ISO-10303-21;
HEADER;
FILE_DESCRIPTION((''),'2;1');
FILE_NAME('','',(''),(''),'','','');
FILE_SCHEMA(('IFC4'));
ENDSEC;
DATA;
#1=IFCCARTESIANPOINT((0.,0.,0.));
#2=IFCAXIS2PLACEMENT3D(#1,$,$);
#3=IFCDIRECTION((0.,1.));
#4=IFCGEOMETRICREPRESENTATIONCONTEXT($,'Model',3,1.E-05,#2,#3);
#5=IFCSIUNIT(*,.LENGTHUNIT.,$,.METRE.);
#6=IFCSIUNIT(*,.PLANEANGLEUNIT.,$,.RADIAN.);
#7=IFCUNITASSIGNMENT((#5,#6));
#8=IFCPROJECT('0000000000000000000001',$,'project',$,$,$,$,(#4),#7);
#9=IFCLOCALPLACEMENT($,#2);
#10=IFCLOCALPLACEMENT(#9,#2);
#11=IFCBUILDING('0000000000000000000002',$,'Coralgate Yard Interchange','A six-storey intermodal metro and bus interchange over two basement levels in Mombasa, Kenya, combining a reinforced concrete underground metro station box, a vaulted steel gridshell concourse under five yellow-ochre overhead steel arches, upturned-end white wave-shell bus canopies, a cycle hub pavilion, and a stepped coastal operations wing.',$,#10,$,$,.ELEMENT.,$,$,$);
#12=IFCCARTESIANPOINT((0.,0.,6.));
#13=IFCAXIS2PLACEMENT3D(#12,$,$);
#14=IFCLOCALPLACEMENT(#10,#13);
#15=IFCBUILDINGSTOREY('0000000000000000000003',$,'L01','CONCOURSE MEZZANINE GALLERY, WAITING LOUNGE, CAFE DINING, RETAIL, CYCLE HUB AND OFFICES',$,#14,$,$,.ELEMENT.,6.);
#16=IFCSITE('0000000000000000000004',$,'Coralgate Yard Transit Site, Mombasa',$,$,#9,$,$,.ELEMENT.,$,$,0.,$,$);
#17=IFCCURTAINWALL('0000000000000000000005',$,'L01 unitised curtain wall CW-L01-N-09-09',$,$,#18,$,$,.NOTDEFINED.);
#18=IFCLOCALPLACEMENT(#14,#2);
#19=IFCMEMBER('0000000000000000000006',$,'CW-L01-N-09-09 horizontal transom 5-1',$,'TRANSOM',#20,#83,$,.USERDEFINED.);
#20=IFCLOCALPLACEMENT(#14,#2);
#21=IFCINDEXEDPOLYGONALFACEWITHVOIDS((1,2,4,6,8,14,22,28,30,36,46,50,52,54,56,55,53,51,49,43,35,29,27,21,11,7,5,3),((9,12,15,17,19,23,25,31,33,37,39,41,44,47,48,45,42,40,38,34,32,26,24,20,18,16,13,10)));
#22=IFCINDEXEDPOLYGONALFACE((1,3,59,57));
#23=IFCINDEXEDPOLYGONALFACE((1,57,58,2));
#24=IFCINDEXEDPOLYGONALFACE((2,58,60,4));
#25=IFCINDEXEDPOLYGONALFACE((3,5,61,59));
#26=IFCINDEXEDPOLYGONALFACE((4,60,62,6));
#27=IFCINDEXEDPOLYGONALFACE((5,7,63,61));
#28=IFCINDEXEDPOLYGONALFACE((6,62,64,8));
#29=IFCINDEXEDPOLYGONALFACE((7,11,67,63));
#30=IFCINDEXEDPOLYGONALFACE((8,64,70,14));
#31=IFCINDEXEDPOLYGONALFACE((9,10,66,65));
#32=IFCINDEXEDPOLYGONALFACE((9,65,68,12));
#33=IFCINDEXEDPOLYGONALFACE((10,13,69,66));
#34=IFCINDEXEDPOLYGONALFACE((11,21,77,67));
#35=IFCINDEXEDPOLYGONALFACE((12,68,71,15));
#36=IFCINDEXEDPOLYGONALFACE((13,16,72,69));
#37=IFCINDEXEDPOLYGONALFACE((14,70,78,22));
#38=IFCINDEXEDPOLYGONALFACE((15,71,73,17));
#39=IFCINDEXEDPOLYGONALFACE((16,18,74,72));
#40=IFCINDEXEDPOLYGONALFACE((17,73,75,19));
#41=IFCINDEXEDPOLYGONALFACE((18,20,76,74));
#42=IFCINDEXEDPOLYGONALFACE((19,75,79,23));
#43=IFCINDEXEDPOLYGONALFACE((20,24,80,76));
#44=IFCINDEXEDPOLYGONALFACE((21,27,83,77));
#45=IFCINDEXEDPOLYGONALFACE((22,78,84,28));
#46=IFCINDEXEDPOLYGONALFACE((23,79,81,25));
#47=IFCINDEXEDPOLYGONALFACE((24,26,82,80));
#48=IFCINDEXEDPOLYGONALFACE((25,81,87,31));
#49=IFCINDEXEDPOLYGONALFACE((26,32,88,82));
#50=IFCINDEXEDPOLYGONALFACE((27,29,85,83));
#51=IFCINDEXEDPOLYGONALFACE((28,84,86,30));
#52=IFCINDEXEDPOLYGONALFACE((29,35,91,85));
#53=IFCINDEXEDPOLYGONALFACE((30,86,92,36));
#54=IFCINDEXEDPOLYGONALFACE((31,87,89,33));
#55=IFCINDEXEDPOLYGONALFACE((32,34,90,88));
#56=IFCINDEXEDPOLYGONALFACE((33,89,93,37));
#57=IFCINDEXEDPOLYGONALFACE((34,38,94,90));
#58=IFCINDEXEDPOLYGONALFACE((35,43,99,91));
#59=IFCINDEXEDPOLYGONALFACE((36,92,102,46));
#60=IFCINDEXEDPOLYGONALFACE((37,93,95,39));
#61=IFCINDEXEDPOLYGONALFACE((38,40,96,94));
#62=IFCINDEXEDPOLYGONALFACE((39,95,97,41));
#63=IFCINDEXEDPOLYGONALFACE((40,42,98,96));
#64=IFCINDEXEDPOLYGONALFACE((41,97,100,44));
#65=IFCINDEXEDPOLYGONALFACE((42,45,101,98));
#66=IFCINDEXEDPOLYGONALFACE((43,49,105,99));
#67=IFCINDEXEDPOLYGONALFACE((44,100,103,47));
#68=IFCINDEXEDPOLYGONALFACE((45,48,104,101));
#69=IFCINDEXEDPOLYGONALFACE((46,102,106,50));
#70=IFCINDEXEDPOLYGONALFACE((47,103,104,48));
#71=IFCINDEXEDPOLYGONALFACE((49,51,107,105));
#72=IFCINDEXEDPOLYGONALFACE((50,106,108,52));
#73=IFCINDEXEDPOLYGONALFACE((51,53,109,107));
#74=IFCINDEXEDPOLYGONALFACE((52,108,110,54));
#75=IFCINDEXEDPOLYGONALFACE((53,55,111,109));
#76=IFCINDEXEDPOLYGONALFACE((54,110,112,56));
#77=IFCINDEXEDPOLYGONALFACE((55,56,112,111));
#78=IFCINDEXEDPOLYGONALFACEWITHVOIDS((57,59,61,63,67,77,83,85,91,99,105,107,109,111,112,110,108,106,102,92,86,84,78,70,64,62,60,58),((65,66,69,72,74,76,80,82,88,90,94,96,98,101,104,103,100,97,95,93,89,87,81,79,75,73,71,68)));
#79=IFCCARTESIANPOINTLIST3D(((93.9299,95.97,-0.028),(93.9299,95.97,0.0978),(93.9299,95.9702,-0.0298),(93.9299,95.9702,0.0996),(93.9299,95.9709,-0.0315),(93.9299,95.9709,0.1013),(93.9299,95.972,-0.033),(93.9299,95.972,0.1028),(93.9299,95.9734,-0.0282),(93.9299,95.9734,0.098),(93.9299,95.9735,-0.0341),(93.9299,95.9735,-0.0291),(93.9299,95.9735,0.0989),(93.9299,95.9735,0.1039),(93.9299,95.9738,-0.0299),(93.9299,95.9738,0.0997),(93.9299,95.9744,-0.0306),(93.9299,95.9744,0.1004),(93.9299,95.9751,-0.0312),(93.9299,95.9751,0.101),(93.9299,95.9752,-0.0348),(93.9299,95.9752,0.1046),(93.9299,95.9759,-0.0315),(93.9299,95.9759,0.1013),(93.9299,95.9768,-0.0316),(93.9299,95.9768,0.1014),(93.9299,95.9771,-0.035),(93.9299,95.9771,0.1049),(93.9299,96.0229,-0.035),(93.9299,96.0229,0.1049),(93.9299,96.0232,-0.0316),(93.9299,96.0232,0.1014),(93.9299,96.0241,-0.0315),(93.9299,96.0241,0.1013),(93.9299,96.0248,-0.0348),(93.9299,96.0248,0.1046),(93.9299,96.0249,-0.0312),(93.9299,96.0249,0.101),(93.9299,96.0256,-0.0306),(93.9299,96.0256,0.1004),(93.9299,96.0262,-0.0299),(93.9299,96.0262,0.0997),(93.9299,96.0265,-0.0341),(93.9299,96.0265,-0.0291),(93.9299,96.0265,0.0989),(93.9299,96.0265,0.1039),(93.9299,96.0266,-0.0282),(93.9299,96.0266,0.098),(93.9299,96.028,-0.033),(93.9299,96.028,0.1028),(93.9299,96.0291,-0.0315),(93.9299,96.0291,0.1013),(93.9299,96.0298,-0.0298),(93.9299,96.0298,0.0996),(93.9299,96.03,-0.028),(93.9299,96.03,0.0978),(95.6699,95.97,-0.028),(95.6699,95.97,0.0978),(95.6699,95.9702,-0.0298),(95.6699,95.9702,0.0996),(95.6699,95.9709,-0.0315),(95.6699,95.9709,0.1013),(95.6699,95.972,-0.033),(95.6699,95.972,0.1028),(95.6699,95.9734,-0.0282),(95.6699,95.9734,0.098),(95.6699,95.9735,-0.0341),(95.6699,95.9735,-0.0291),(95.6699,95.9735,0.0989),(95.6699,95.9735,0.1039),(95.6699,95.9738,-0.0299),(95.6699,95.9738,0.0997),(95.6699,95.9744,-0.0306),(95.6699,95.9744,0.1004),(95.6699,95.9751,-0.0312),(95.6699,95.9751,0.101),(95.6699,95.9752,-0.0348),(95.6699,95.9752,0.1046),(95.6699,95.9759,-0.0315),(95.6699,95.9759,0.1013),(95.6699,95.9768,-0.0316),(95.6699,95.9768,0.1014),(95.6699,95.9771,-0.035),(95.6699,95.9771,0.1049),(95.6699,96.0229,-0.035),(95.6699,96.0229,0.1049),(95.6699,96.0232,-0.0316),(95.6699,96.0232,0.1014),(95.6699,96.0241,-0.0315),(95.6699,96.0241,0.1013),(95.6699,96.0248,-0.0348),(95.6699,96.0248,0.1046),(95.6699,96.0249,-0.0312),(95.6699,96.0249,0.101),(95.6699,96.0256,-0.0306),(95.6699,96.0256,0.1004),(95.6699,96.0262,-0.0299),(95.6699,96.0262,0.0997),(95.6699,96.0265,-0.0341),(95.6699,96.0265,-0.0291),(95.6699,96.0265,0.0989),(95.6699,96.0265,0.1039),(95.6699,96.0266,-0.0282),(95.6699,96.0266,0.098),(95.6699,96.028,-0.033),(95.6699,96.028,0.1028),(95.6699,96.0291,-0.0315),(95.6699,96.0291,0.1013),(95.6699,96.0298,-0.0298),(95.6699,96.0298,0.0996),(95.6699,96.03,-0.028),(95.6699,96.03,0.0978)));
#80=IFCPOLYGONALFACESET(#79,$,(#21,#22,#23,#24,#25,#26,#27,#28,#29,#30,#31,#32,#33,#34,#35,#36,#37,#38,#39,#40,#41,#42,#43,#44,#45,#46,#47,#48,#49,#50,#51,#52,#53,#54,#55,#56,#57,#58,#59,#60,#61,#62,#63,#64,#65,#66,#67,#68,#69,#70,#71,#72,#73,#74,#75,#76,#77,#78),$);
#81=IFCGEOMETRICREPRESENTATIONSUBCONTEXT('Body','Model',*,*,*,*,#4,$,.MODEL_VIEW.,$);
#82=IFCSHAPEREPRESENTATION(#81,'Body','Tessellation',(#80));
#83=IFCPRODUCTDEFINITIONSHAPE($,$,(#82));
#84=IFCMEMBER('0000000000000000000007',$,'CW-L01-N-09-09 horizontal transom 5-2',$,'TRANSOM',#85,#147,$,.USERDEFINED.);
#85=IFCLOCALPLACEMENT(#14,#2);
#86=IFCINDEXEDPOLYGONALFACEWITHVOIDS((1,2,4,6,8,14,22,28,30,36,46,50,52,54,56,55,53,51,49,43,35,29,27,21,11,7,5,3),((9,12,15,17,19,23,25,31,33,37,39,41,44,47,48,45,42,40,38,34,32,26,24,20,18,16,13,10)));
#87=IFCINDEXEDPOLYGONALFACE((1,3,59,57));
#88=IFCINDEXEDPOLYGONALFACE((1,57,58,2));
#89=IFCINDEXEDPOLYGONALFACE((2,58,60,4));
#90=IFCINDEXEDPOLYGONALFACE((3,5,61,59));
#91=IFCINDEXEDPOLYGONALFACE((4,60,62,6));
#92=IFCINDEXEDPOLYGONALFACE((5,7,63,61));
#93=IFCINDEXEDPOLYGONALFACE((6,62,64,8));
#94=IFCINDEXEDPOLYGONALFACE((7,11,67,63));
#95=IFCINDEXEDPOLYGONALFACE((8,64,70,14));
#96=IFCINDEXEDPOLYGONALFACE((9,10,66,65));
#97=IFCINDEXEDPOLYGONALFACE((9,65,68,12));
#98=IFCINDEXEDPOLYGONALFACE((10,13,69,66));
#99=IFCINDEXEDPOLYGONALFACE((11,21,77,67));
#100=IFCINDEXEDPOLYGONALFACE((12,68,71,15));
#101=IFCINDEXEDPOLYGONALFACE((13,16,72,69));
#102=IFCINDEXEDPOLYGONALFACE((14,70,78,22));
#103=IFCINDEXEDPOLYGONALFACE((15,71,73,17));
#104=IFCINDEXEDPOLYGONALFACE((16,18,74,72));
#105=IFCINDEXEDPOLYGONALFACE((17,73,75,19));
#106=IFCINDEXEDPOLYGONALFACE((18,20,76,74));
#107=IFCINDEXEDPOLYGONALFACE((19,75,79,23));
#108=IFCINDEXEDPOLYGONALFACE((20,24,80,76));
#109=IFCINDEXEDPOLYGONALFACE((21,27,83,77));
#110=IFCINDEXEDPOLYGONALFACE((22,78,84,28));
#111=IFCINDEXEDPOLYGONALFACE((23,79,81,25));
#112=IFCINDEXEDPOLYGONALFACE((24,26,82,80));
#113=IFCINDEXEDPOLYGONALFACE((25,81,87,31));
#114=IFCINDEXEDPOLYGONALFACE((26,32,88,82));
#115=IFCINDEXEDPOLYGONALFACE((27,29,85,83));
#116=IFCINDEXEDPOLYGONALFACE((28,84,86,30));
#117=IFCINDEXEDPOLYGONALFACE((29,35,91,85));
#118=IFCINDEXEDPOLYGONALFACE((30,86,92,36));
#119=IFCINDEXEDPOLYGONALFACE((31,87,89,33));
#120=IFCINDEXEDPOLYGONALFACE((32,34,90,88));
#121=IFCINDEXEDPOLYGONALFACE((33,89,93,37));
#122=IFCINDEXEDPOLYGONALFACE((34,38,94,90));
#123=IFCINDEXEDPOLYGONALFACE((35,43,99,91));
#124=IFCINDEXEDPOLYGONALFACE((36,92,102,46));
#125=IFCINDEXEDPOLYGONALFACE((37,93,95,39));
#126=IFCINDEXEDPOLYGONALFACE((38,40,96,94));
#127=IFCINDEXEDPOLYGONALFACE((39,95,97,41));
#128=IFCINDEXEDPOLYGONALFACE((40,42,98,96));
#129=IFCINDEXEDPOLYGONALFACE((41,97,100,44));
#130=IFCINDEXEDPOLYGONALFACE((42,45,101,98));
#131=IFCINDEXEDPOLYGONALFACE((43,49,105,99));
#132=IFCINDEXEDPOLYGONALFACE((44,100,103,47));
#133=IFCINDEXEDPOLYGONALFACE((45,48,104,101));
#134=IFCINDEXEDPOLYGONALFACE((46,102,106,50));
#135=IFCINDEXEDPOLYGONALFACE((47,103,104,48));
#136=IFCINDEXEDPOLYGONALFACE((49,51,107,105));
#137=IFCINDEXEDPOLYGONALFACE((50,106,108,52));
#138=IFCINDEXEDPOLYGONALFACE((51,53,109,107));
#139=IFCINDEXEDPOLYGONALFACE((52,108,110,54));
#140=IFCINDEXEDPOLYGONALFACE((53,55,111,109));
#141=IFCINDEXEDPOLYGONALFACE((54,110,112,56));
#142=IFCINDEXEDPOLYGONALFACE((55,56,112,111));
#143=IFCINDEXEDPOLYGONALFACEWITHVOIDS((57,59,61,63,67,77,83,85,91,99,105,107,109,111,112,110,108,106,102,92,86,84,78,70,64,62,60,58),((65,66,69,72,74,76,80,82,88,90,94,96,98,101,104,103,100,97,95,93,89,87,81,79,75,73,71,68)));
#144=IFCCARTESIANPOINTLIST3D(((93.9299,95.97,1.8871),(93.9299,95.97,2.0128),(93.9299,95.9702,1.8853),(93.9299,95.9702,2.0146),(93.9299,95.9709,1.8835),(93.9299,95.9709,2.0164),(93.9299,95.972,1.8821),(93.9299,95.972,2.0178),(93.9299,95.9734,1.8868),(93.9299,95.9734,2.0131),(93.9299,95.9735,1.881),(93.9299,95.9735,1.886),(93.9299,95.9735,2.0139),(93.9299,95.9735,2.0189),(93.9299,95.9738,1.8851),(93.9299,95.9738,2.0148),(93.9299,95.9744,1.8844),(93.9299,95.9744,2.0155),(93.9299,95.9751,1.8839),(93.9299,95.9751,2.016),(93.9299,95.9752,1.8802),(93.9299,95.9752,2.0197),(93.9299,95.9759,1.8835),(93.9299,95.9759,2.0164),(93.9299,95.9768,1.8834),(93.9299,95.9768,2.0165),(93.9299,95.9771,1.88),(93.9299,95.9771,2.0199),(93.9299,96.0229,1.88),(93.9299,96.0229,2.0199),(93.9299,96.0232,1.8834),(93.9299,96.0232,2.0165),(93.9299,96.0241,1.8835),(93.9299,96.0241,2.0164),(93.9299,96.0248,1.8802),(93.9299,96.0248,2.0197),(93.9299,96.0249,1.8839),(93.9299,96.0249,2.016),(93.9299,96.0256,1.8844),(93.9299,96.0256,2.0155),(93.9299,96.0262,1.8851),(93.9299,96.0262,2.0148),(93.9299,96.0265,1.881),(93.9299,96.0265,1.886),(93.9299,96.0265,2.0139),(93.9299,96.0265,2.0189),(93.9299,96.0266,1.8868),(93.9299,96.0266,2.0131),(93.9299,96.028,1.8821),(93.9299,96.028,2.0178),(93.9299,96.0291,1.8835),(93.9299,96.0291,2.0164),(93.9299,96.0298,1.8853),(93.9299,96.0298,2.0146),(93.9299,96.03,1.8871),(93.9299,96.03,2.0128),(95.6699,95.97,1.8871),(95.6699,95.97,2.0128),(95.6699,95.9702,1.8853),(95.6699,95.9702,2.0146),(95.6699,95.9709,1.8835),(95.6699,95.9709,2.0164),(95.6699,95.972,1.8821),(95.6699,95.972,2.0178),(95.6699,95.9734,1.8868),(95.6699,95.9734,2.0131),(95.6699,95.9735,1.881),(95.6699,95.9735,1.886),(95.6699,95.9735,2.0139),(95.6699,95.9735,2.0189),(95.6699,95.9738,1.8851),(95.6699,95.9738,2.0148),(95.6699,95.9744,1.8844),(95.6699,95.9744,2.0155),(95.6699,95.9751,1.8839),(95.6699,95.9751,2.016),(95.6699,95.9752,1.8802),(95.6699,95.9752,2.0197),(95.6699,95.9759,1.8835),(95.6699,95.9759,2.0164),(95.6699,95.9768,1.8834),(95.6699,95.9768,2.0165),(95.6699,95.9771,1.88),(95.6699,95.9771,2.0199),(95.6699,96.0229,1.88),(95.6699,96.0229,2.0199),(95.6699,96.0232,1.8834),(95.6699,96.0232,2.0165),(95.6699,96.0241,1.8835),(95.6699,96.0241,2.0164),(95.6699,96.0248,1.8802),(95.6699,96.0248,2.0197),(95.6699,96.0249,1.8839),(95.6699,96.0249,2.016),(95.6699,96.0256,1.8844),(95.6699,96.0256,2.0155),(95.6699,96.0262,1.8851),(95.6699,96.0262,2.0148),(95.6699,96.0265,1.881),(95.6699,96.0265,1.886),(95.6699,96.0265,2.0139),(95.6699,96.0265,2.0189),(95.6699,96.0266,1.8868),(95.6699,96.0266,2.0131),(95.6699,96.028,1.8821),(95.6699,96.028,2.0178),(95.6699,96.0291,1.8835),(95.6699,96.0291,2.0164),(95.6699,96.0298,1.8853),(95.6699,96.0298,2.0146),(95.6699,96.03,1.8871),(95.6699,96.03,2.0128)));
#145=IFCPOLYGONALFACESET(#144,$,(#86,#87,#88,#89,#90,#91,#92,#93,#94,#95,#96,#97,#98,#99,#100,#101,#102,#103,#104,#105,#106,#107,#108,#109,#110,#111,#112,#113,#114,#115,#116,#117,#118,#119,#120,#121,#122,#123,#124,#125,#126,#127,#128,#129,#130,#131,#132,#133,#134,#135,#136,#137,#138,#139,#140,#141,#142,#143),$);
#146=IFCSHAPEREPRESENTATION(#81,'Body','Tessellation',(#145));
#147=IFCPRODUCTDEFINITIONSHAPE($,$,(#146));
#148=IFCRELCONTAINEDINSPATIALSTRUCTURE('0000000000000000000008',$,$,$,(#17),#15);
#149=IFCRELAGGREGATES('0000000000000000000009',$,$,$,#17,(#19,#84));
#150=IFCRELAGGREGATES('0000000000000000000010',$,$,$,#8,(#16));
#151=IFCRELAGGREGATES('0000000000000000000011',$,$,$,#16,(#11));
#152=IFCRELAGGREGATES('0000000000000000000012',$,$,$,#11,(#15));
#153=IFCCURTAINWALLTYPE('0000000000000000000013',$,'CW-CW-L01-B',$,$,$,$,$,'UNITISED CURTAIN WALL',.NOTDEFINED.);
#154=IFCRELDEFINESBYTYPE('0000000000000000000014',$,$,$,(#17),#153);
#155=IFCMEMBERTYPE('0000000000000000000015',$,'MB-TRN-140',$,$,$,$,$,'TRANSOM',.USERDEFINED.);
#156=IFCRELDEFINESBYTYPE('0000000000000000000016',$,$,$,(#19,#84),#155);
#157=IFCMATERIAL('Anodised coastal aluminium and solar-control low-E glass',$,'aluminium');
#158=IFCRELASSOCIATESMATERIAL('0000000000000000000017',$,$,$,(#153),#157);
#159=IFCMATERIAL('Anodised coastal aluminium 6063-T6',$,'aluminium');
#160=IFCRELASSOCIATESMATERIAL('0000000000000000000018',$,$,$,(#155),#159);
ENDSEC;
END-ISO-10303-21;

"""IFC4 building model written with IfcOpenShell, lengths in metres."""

from ifc_helpers import new_model, si_unit, direction, frame, origin, origin_2d, place, context, subcontext, project, spatial, hollow_rectangle, extrude, material, material_profile, profile_set, type_object, element, aggregate, save


model = new_model("IFC4")

# Units and contexts
model_context = context("Model", 3, precision=1e-05, world=origin(), true_north=direction((0.0, 1.0)))
body_context = subcontext(model_context, "Body", "Model", "MODEL_VIEW")
ifc_project = project(units=[si_unit("LENGTHUNIT", "METRE"), si_unit("PLANEANGLEUNIT", "RADIAN")], contexts=[model_context])

# Site, building, storey
site_placement = place(None, origin())
site = spatial("IfcSite", under=ifc_project, at=site_placement, Name="Coralgate Yard Transit Site, Mombasa", CompositionType="ELEMENT", RefElevation=0.0)
building_placement = place(site_placement, origin())
building = spatial("IfcBuilding", under=site, at=building_placement, Name="Coralgate Yard Interchange", Description="A six-storey intermodal metro and bus interchange over two basement levels in Mombasa, Kenya, combining a reinforced concrete underground metro station box, a vaulted steel gridshell concourse under five yellow-ochre overhead steel arches, upturned-end white wave-shell bus canopies, a cycle hub pavilion, and a stepped coastal operations wing.", CompositionType="ELEMENT")
storey_placement = place(building_placement, frame((0.0, 0.0, 6.0)))
storey = spatial("IfcBuildingStorey", under=building, at=storey_placement, Name="L01", Description="CONCOURSE MEZZANINE GALLERY, WAITING LOUNGE, CAFE DINING, RETAIL, CYCLE HUB AND OFFICES", CompositionType="ELEMENT", Elevation=6.0)

# Curtain wall
ifc_material_1 = material(Name="Anodised coastal aluminium and solar-control low-E glass", Category="aluminium")
curtain_wall_type_1 = type_object("IfcCurtainWallType", Name="CW-CW-L01-B", ElementType="UNITISED CURTAIN WALL", PredefinedType="NOTDEFINED", material=ifc_material_1)
curtain_wall_1_placement = place(storey_placement, origin())
curtain_wall_1 = element("IfcCurtainWall", 1, at=curtain_wall_1_placement, inside=storey, type_object=curtain_wall_type_1, Name="L01 unitised curtain wall CW-L01-N-09-09", PredefinedType="NOTDEFINED")
ifc_material_2 = material(Name="Anodised coastal aluminium 6063-T6", Category="aluminium")

# Members
ifc_material_profile_1 = material_profile(ifc_material_2, hollow_rectangle(XDim=0.0601, YDim=0.1399, WallThickness=0.0034, InnerFilletRadius=0.0034, OuterFilletRadius=0.0071, at=origin_2d()), Name="ALU 60x140x3.5")
ifc_profile_set_1 = profile_set([ifc_material_profile_1], Name="Anodised coastal aluminium 6063-T6")
member_type_1 = type_object("IfcMemberType", Name="MB-TRN-140", ElementType="TRANSOM", PredefinedType="USERDEFINED", material=ifc_profile_set_1)
member_1_placement = place(storey_placement, frame((93.9299, 96.0, 0.0349), z_axis=(1.0, 0.0, 0.0), x_axis=(0.0, 1.0, 0.0)))
member_1 = element("IfcMember", 2, at=member_1_placement, type_object=member_type_1, Name="CW-L01-N-09-09 horizontal transom 5-1", ObjectType="TRANSOM", PredefinedType="USERDEFINED", context=body_context, shape_type="SweptSolid", body=[
    extrude(hollow_rectangle(XDim=0.0601, YDim=0.1399, WallThickness=0.0034, InnerFilletRadius=0.0034, OuterFilletRadius=0.0071, at=origin_2d()), origin(), (0.0, 0.0, 1.0), 1.74),
])
member_2_placement = place(storey_placement, frame((93.9299, 96.0, 1.95), z_axis=(1.0, 0.0, 0.0), x_axis=(0.0, 1.0, 0.0)))
member_2 = element("IfcMember", 3, at=member_2_placement, type_object=member_type_1, Name="CW-L01-N-09-09 horizontal transom 5-2", ObjectType="TRANSOM", PredefinedType="USERDEFINED", context=body_context, shape_type="SweptSolid", body=[
    extrude(hollow_rectangle(XDim=0.0601, YDim=0.1399, WallThickness=0.0034, InnerFilletRadius=0.0034, OuterFilletRadius=0.0071, at=origin_2d()), origin(), (0.0, 0.0, 1.0), 1.74),
])

aggregate(curtain_wall_1, [member_1, member_2])

save(model, "model.ifc")
